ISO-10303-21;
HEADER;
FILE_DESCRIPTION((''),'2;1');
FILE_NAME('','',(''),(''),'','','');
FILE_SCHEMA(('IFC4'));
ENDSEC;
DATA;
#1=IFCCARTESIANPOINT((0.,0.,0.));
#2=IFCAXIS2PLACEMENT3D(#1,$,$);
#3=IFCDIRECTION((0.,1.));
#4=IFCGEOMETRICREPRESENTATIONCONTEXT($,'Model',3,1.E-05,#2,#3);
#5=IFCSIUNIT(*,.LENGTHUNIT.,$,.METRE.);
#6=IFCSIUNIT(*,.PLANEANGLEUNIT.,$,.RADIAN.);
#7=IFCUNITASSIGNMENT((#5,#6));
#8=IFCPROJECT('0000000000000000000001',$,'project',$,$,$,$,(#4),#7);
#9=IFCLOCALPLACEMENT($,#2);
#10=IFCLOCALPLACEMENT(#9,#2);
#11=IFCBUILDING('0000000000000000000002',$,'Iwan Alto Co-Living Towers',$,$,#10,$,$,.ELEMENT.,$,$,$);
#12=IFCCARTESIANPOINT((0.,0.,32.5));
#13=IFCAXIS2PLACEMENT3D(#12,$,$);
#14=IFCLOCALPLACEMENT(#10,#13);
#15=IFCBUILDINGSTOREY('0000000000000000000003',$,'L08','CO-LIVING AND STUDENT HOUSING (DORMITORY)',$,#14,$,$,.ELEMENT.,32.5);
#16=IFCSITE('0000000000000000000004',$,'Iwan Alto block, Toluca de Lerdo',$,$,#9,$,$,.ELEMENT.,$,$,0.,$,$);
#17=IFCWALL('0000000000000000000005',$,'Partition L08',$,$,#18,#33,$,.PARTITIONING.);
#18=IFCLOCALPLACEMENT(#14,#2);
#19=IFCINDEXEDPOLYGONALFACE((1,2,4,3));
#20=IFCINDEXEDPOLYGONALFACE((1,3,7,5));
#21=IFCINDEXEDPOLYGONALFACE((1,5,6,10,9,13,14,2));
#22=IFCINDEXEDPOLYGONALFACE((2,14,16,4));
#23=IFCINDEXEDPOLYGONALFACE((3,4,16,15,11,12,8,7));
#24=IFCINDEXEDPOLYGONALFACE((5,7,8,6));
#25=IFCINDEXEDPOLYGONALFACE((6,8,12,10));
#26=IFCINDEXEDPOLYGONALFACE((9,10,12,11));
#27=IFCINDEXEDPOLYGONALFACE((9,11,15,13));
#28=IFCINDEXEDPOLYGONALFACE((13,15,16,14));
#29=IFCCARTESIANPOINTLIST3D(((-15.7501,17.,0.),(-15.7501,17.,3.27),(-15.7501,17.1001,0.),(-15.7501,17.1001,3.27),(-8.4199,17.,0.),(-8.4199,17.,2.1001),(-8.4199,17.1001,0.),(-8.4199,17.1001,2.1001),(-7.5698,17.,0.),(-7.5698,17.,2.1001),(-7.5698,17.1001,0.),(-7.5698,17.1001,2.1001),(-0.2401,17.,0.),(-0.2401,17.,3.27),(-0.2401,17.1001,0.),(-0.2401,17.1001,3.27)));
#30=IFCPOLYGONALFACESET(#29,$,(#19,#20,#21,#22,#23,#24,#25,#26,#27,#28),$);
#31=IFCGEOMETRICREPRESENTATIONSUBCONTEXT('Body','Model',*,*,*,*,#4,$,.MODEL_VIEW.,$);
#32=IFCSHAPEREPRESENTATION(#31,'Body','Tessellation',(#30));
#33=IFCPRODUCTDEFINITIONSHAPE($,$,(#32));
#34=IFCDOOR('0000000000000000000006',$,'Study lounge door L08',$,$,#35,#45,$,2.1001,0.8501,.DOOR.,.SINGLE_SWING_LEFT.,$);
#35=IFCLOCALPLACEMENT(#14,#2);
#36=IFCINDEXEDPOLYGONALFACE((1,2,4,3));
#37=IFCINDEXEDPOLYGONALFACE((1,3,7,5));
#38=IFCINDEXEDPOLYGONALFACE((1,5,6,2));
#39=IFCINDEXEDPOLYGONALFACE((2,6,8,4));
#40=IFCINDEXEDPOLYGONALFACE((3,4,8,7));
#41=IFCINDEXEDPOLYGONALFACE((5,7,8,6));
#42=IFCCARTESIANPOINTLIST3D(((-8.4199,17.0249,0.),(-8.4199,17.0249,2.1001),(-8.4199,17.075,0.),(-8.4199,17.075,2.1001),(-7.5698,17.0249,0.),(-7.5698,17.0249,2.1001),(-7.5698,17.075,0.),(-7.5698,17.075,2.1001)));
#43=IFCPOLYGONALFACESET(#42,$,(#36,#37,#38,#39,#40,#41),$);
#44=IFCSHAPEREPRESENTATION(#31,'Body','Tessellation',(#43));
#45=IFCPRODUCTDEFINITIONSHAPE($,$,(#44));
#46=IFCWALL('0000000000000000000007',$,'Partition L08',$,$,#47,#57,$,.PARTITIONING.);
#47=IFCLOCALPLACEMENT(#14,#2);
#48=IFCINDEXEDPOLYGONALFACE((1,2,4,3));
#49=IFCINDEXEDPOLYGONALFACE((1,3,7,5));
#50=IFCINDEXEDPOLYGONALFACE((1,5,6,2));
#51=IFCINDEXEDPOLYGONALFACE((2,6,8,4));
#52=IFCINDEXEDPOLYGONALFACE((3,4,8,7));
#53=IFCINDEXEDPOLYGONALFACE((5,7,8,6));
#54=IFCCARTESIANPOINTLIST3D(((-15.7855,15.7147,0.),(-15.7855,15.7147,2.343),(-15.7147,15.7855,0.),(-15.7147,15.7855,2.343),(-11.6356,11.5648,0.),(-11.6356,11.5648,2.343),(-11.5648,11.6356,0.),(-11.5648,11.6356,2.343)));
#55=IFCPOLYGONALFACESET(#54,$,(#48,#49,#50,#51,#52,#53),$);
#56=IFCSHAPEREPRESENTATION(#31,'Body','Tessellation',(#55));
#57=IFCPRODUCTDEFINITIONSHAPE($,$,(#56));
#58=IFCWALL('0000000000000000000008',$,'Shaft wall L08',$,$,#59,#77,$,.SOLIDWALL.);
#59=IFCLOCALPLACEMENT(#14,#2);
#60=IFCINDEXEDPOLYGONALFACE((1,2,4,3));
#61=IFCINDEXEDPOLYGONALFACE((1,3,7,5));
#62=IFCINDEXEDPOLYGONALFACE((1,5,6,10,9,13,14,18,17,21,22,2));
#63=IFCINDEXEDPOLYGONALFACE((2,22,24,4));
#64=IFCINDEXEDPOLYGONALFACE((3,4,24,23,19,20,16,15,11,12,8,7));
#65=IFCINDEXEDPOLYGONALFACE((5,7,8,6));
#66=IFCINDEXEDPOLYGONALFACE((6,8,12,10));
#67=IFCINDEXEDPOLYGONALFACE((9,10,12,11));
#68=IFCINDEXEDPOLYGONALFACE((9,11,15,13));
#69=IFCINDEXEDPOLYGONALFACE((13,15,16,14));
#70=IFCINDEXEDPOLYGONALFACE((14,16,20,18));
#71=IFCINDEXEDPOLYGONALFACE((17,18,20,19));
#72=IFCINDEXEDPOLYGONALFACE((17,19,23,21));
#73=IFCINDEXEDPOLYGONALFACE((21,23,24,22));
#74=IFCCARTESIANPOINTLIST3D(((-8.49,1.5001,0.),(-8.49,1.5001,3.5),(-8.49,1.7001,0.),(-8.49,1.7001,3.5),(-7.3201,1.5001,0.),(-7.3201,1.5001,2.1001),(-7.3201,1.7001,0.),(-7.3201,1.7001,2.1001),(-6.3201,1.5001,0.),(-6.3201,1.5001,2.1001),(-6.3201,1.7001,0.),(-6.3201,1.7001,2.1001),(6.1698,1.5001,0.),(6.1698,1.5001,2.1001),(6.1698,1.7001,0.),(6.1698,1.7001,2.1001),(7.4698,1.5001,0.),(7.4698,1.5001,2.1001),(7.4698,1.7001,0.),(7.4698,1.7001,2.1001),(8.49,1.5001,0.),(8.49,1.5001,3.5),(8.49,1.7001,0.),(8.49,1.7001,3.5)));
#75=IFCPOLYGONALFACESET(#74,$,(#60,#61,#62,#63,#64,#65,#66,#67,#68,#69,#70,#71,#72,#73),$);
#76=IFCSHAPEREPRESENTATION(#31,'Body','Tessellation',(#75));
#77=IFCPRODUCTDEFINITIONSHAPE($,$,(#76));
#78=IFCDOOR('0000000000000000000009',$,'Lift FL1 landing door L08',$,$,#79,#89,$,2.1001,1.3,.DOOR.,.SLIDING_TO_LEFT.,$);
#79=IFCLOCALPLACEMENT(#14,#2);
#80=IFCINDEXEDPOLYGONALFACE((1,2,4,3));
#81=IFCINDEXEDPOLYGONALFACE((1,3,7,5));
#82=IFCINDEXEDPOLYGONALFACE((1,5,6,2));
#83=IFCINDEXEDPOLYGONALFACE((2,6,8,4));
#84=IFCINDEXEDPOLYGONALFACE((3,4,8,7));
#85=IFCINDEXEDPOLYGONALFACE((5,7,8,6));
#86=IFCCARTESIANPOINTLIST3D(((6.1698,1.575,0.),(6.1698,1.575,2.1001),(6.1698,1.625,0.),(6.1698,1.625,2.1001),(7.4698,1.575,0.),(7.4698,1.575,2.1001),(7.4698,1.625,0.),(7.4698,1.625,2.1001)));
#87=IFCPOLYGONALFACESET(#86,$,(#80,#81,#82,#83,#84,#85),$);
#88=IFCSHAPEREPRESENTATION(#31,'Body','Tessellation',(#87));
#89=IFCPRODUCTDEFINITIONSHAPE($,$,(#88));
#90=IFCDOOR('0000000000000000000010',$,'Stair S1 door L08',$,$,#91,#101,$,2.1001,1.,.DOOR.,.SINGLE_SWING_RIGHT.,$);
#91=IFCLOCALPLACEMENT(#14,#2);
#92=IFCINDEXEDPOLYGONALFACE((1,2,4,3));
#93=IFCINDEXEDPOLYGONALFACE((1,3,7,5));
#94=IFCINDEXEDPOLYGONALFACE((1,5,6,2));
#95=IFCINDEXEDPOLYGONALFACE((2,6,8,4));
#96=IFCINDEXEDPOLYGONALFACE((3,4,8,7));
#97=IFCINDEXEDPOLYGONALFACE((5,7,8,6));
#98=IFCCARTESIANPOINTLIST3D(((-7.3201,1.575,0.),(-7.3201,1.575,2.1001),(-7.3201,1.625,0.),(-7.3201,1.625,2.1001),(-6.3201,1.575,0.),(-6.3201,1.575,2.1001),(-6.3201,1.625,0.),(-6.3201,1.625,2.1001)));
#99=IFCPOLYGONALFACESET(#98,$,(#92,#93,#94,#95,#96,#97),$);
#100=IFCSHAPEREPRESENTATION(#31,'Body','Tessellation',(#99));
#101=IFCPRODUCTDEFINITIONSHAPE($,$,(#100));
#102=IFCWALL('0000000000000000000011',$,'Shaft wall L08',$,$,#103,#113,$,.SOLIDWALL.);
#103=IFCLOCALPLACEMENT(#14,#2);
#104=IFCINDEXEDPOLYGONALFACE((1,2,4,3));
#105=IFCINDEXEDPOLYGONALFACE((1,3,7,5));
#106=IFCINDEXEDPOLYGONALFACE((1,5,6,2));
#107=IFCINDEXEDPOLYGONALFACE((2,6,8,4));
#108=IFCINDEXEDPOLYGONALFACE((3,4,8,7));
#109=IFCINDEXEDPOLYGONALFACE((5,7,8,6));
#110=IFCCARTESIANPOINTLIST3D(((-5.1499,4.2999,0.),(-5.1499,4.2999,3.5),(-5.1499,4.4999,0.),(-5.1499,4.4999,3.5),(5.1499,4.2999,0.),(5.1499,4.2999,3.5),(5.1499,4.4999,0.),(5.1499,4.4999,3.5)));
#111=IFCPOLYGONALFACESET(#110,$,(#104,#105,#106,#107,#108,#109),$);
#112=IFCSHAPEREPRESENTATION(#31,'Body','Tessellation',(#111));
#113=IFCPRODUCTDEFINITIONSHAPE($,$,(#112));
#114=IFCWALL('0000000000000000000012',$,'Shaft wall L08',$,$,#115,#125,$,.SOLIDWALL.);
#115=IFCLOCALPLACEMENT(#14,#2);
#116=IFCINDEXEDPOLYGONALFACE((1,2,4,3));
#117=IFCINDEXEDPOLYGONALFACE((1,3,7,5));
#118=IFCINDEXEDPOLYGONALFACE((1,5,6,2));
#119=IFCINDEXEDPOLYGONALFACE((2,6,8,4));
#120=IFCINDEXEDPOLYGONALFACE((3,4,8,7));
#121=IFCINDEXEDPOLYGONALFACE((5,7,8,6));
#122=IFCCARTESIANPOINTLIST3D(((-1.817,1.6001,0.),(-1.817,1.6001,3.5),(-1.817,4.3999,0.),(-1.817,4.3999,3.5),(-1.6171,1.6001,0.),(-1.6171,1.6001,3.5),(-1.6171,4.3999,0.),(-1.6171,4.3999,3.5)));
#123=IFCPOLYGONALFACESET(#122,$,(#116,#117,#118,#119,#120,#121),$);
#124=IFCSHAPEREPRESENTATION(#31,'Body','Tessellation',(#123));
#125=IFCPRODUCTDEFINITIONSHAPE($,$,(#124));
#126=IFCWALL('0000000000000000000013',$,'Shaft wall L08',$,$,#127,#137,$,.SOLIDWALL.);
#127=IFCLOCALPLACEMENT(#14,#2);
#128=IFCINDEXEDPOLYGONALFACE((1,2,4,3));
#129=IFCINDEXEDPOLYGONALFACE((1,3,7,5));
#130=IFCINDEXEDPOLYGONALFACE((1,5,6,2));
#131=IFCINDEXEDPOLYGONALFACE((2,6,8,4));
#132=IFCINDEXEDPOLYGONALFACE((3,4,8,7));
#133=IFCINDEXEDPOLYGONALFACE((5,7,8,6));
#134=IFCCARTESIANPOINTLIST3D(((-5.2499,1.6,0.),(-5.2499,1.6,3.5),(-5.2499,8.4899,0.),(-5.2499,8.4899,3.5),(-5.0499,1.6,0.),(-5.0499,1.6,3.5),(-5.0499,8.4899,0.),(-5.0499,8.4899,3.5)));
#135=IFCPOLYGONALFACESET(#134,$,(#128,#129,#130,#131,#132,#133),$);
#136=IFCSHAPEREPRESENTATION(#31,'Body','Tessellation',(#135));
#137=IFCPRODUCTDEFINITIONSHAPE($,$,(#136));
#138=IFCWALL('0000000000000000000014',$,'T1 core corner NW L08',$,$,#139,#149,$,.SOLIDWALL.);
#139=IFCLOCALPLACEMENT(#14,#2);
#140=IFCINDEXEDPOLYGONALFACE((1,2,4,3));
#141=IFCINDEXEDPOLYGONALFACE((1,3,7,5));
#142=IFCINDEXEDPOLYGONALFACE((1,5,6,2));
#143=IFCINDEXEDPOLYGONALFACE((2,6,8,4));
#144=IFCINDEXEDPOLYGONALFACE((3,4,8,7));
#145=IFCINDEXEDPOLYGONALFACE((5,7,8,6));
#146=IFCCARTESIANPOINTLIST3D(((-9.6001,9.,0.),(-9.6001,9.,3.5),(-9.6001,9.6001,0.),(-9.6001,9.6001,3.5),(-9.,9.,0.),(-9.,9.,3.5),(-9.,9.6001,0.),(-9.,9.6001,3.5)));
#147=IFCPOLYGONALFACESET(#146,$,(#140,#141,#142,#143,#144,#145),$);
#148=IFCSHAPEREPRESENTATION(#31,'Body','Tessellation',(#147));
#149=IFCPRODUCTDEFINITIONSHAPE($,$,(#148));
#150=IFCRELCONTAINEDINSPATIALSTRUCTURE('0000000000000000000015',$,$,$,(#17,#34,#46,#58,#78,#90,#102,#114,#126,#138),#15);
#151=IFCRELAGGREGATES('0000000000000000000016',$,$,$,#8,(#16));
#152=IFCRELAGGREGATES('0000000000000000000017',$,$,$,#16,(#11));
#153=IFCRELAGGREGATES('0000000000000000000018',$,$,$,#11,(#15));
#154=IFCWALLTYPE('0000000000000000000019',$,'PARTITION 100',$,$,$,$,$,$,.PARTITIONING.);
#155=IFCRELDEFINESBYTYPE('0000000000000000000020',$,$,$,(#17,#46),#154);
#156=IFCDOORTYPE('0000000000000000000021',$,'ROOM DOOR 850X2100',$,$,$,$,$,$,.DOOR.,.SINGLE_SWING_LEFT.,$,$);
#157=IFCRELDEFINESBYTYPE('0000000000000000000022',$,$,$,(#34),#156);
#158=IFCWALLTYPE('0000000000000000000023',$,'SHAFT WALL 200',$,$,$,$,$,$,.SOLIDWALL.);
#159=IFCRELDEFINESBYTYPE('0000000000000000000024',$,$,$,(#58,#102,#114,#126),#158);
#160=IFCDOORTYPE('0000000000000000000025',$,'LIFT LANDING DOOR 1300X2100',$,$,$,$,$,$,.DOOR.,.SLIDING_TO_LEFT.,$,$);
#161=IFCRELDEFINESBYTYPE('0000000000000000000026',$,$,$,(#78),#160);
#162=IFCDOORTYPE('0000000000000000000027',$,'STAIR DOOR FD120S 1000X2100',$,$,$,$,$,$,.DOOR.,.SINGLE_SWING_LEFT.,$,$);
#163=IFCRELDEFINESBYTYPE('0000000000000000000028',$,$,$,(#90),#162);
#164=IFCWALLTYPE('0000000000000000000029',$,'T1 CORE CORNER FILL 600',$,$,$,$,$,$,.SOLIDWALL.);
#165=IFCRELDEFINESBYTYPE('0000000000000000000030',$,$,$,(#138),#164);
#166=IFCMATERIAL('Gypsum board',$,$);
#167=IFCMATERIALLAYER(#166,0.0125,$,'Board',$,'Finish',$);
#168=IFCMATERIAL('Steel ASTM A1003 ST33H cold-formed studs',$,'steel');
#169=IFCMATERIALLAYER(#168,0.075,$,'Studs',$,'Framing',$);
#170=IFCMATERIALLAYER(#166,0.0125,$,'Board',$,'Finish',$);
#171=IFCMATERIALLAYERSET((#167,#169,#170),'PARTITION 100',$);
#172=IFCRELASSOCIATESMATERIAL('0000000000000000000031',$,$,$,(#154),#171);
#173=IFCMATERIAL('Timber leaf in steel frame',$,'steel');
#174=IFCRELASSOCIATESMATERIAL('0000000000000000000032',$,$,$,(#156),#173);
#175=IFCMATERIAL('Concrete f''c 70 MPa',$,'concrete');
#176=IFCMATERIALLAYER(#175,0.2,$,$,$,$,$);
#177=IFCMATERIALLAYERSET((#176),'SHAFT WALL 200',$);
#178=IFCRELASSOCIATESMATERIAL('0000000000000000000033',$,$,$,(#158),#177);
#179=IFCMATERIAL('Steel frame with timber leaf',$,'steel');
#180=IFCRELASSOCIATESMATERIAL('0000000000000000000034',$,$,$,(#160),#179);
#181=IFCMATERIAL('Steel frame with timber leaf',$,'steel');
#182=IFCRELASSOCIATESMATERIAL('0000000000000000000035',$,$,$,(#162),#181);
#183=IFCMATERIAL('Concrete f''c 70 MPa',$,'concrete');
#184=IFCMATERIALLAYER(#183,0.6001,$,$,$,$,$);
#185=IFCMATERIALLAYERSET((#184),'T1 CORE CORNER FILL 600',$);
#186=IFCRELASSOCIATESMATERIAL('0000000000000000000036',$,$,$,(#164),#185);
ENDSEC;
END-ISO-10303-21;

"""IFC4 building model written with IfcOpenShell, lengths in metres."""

from ifc_helpers import new_model, si_unit, direction, frame, frame_2d, origin, place, context, subcontext, project, spatial, rectangle, extrude, material, layer, layer_set, type_object, element, fill, save


model = new_model("IFC4")

# Units and contexts
model_context = context("Model", 3, precision=1e-05, world=origin(), true_north=direction((0.0, 1.0)))
body_context = subcontext(model_context, "Body", "Model", "MODEL_VIEW")
ifc_project = project(units=[si_unit("LENGTHUNIT", "METRE"), si_unit("PLANEANGLEUNIT", "RADIAN")], contexts=[model_context])

# Site, building, storey
site_placement = place(None, origin())
site = spatial("IfcSite", under=ifc_project, at=site_placement, Name="Iwan Alto block, Toluca de Lerdo", CompositionType="ELEMENT", RefElevation=0.0)
building_placement = place(site_placement, origin())
building = spatial("IfcBuilding", under=site, at=building_placement, Name="Iwan Alto Co-Living Towers", CompositionType="ELEMENT")
storey_placement = place(building_placement, frame((0.0, 0.0, 32.5)))
storey = spatial("IfcBuildingStorey", under=building, at=storey_placement, Name="L08", Description="CO-LIVING AND STUDENT HOUSING (DORMITORY)", CompositionType="ELEMENT", Elevation=32.5)

# Shared definitions
ifc_material_1 = material(Name="Gypsum board")
ifc_material_2 = material(Name="Steel ASTM A1003 ST33H cold-formed studs", Category="steel")

# Shared definitions
ifc_layer_1 = layer(ifc_material_1, 0.0125, Name="Board", Category="Finish")
ifc_layer_2 = layer(ifc_material_2, 0.075, Name="Studs", Category="Framing")
ifc_layer_3 = layer(ifc_material_1, 0.0125, Name="Board", Category="Finish")
ifc_layer_set_1 = layer_set([ifc_layer_1, ifc_layer_2, ifc_layer_3], Name="PARTITION 100")
wall_type_1 = type_object("IfcWallType", Name="PARTITION 100", PredefinedType="PARTITIONING", material=ifc_layer_set_1)

# Wall, opening, door
wall_1_placement = place(storey_placement, frame((-15.75, 17.05, 0.0), z_axis=(0.0, 0.0, 1.0), x_axis=(1.0, 0.0, 0.0)))
wall_1 = element("IfcWall", 1, at=wall_1_placement, inside=storey, type_object=wall_type_1, Name="Partition L08", PredefinedType="PARTITIONING", context=body_context, shape_type="SweptSolid", body=[
    extrude(rectangle(XDim=15.51, YDim=0.1001, at=frame_2d((7.7549, 0.0))), origin(), (0.0, 0.0, 1.0), 3.27),
])
opening_1_placement = place(wall_1_placement, frame((7.3301, 0.0, 0.0)))
opening_1 = element("IfcOpeningElement", 2, at=opening_1_placement, cuts=wall_1, PredefinedType="OPENING", context=body_context, shape_type="SweptSolid", body=[
    extrude(rectangle(XDim=0.8501, YDim=2.1001, at=frame_2d((0.425, 1.05))), frame((0.0, 0.0601, 0.0), z_axis=(0.0, -1.0, 0.0), x_axis=(1.0, 0.0, 0.0)), (0.0, 0.0, 1.0), 0.1201),
])
ifc_material_3 = material(Name="Timber leaf in steel frame", Category="steel")
door_type_1 = type_object("IfcDoorType", Name="ROOM DOOR 850X2100", OperationType="SINGLE_SWING_LEFT", PredefinedType="DOOR", material=ifc_material_3)
door_1_placement = place(opening_1_placement, origin())
door_1 = element("IfcDoor", 3, at=door_1_placement, inside=storey, type_object=door_type_1, Name="Study lounge door L08", OperationType="SINGLE_SWING_LEFT", OverallHeight=2.1001, OverallWidth=0.8501, PredefinedType="DOOR", context=body_context, shape_type="SweptSolid", body=[
    extrude(rectangle(XDim=0.8501, YDim=2.1001, at=frame_2d((0.425, 1.05))), frame((0.0, 0.0249, 0.0), z_axis=(0.0, -1.0, 0.0), x_axis=(1.0, 0.0, 0.0)), (0.0, 0.0, 1.0), 0.05),
])
fill(opening_1, door_1)

# Wall
wall_2_placement = place(storey_placement, frame((-11.6001, 11.6001, 0.0), z_axis=(0.0, 0.0, 1.0), x_axis=(-0.707107, 0.707107, 0.0)))
element("IfcWall", 4, at=wall_2_placement, inside=storey, type_object=wall_type_1, Name="Partition L08", PredefinedType="PARTITIONING", context=body_context, shape_type="SweptSolid", body=[
    extrude(rectangle(XDim=5.8689, YDim=0.1001, at=frame_2d((2.9346, 0.0))), origin(), (0.0, 0.0, 1.0), 2.343),
])

# Wall, openings, doors
ifc_material_4 = material(Name="Concrete f'c 70 MPa", Category="concrete")
ifc_layer_4 = layer(ifc_material_4, 0.2)
ifc_layer_set_2 = layer_set([ifc_layer_4], Name="SHAFT WALL 200")
wall_type_2 = type_object("IfcWallType", Name="SHAFT WALL 200", PredefinedType="SOLIDWALL", material=ifc_layer_set_2)
wall_3_placement = place(storey_placement, frame((-8.49, 1.6001, 0.0), z_axis=(0.0, 0.0, 1.0), x_axis=(1.0, 0.0, 0.0)))
wall_3 = element("IfcWall", 5, at=wall_3_placement, inside=storey, type_object=wall_type_2, Name="Shaft wall L08", PredefinedType="SOLIDWALL", context=body_context, shape_type="SweptSolid", body=[
    extrude(rectangle(XDim=16.98, YDim=0.2, at=frame_2d((8.49, 0.0))), origin(), (0.0, 0.0, 1.0), 3.5),
])
opening_2_placement = place(wall_3_placement, frame((1.1699, 0.0, 0.0)))
opening_2 = element("IfcOpeningElement", 6, at=opening_2_placement, cuts=wall_3, PredefinedType="OPENING", context=body_context, shape_type="SweptSolid", body=[
    extrude(rectangle(XDim=1.0, YDim=2.1001, at=frame_2d((0.5, 1.05))), frame((0.0, 0.1099, 0.0), z_axis=(0.0, -1.0, 0.0), x_axis=(1.0, 0.0, 0.0)), (0.0, 0.0, 1.0), 0.22),
])
opening_3_placement = place(wall_3_placement, frame((14.6599, 0.0, 0.0)))
opening_3 = element("IfcOpeningElement", 7, at=opening_3_placement, cuts=wall_3, PredefinedType="OPENING", context=body_context, shape_type="SweptSolid", body=[
    extrude(rectangle(XDim=1.3, YDim=2.1001, at=frame_2d((0.6499, 1.05))), frame((0.0, 0.1099, 0.0), z_axis=(0.0, -1.0, 0.0), x_axis=(1.0, 0.0, 0.0)), (0.0, 0.0, 1.0), 0.22),
])
ifc_material_5 = material(Name="Steel frame with timber leaf", Category="steel")
door_type_2 = type_object("IfcDoorType", Name="LIFT LANDING DOOR 1300X2100", OperationType="SLIDING_TO_LEFT", PredefinedType="DOOR", material=ifc_material_5)
door_2_placement = place(opening_3_placement, origin())
door_2 = element("IfcDoor", 8, at=door_2_placement, inside=storey, type_object=door_type_2, Name="Lift FL1 landing door L08", OperationType="SLIDING_TO_LEFT", OverallHeight=2.1001, OverallWidth=1.3, PredefinedType="DOOR", context=body_context, shape_type="SweptSolid", body=[
    extrude(rectangle(XDim=1.3, YDim=2.1001, at=frame_2d((0.6499, 1.05))), frame((0.0, 0.0249, 0.0), z_axis=(0.0, -1.0, 0.0), x_axis=(1.0, 0.0, 0.0)), (0.0, 0.0, 1.0), 0.05),
])
fill(opening_3, door_2)
ifc_material_6 = material(Name="Steel frame with timber leaf", Category="steel")
door_type_3 = type_object("IfcDoorType", Name="STAIR DOOR FD120S 1000X2100", OperationType="SINGLE_SWING_LEFT", PredefinedType="DOOR", material=ifc_material_6)
door_3_placement = place(opening_2_placement, origin())
door_3 = element("IfcDoor", 9, at=door_3_placement, inside=storey, type_object=door_type_3, Name="Stair S1 door L08", OperationType="SINGLE_SWING_RIGHT", OverallHeight=2.1001, OverallWidth=1.0, PredefinedType="DOOR", context=body_context, shape_type="SweptSolid", body=[
    extrude(rectangle(XDim=1.0, YDim=2.1001, at=frame_2d((0.5, 1.05))), frame((0.0, 0.0249, 0.0), z_axis=(0.0, -1.0, 0.0), x_axis=(1.0, 0.0, 0.0)), (0.0, 0.0, 1.0), 0.05),
])
fill(opening_2, door_3)

# Walls
wall_4_placement = place(storey_placement, frame((-5.1499, 4.3999, 0.0), z_axis=(0.0, 0.0, 1.0), x_axis=(1.0, 0.0, 0.0)))
element("IfcWall", 10, at=wall_4_placement, inside=storey, type_object=wall_type_2, Name="Shaft wall L08", PredefinedType="SOLIDWALL", context=body_context, shape_type="SweptSolid", body=[
    extrude(rectangle(XDim=10.2998, YDim=0.2, at=frame_2d((5.1499, 0.0))), origin(), (0.0, 0.0, 1.0), 3.5),
])
wall_5_placement = place(storey_placement, frame((-1.717, 1.6001, 0.0), z_axis=(0.0, 0.0, 1.0), x_axis=(0.0, 1.0, 0.0)))
element("IfcWall", 11, at=wall_5_placement, inside=storey, type_object=wall_type_2, Name="Shaft wall L08", PredefinedType="SOLIDWALL", context=body_context, shape_type="SweptSolid", body=[
    extrude(rectangle(XDim=2.7998, YDim=0.2, at=frame_2d((1.3999, 0.0))), origin(), (0.0, 0.0, 1.0), 3.5),
])
wall_6_placement = place(storey_placement, frame((-5.1499, 1.6001, 0.0), z_axis=(0.0, 0.0, 1.0), x_axis=(0.0, 1.0, 0.0)))
element("IfcWall", 12, at=wall_6_placement, inside=storey, type_object=wall_type_2, Name="Shaft wall L08", PredefinedType="SOLIDWALL", context=body_context, shape_type="SweptSolid", body=[
    extrude(rectangle(XDim=6.8899, YDim=0.2, at=frame_2d((3.4448, 0.0))), origin(), (0.0, 0.0, 1.0), 3.5),
])
ifc_material_7 = material(Name="Concrete f'c 70 MPa", Category="concrete")
ifc_layer_5 = layer(ifc_material_7, 0.6001)
ifc_layer_set_3 = layer_set([ifc_layer_5], Name="T1 CORE CORNER FILL 600")
wall_type_3 = type_object("IfcWallType", Name="T1 CORE CORNER FILL 600", PredefinedType="SOLIDWALL", material=ifc_layer_set_3)
wall_7_placement = place(storey_placement, frame((-9.6001, 9.3, 0.0), z_axis=(0.0, 0.0, 1.0), x_axis=(1.0, 0.0, 0.0)))
element("IfcWall", 13, at=wall_7_placement, inside=storey, type_object=wall_type_3, Name="T1 core corner NW L08", PredefinedType="SOLIDWALL", context=body_context, shape_type="SweptSolid", body=[
    extrude(rectangle(XDim=0.6001, YDim=0.6001, at=frame_2d((0.3, 0.0))), origin(), (0.0, 0.0, 1.0), 3.5),
])

save(model, "model.ifc")
